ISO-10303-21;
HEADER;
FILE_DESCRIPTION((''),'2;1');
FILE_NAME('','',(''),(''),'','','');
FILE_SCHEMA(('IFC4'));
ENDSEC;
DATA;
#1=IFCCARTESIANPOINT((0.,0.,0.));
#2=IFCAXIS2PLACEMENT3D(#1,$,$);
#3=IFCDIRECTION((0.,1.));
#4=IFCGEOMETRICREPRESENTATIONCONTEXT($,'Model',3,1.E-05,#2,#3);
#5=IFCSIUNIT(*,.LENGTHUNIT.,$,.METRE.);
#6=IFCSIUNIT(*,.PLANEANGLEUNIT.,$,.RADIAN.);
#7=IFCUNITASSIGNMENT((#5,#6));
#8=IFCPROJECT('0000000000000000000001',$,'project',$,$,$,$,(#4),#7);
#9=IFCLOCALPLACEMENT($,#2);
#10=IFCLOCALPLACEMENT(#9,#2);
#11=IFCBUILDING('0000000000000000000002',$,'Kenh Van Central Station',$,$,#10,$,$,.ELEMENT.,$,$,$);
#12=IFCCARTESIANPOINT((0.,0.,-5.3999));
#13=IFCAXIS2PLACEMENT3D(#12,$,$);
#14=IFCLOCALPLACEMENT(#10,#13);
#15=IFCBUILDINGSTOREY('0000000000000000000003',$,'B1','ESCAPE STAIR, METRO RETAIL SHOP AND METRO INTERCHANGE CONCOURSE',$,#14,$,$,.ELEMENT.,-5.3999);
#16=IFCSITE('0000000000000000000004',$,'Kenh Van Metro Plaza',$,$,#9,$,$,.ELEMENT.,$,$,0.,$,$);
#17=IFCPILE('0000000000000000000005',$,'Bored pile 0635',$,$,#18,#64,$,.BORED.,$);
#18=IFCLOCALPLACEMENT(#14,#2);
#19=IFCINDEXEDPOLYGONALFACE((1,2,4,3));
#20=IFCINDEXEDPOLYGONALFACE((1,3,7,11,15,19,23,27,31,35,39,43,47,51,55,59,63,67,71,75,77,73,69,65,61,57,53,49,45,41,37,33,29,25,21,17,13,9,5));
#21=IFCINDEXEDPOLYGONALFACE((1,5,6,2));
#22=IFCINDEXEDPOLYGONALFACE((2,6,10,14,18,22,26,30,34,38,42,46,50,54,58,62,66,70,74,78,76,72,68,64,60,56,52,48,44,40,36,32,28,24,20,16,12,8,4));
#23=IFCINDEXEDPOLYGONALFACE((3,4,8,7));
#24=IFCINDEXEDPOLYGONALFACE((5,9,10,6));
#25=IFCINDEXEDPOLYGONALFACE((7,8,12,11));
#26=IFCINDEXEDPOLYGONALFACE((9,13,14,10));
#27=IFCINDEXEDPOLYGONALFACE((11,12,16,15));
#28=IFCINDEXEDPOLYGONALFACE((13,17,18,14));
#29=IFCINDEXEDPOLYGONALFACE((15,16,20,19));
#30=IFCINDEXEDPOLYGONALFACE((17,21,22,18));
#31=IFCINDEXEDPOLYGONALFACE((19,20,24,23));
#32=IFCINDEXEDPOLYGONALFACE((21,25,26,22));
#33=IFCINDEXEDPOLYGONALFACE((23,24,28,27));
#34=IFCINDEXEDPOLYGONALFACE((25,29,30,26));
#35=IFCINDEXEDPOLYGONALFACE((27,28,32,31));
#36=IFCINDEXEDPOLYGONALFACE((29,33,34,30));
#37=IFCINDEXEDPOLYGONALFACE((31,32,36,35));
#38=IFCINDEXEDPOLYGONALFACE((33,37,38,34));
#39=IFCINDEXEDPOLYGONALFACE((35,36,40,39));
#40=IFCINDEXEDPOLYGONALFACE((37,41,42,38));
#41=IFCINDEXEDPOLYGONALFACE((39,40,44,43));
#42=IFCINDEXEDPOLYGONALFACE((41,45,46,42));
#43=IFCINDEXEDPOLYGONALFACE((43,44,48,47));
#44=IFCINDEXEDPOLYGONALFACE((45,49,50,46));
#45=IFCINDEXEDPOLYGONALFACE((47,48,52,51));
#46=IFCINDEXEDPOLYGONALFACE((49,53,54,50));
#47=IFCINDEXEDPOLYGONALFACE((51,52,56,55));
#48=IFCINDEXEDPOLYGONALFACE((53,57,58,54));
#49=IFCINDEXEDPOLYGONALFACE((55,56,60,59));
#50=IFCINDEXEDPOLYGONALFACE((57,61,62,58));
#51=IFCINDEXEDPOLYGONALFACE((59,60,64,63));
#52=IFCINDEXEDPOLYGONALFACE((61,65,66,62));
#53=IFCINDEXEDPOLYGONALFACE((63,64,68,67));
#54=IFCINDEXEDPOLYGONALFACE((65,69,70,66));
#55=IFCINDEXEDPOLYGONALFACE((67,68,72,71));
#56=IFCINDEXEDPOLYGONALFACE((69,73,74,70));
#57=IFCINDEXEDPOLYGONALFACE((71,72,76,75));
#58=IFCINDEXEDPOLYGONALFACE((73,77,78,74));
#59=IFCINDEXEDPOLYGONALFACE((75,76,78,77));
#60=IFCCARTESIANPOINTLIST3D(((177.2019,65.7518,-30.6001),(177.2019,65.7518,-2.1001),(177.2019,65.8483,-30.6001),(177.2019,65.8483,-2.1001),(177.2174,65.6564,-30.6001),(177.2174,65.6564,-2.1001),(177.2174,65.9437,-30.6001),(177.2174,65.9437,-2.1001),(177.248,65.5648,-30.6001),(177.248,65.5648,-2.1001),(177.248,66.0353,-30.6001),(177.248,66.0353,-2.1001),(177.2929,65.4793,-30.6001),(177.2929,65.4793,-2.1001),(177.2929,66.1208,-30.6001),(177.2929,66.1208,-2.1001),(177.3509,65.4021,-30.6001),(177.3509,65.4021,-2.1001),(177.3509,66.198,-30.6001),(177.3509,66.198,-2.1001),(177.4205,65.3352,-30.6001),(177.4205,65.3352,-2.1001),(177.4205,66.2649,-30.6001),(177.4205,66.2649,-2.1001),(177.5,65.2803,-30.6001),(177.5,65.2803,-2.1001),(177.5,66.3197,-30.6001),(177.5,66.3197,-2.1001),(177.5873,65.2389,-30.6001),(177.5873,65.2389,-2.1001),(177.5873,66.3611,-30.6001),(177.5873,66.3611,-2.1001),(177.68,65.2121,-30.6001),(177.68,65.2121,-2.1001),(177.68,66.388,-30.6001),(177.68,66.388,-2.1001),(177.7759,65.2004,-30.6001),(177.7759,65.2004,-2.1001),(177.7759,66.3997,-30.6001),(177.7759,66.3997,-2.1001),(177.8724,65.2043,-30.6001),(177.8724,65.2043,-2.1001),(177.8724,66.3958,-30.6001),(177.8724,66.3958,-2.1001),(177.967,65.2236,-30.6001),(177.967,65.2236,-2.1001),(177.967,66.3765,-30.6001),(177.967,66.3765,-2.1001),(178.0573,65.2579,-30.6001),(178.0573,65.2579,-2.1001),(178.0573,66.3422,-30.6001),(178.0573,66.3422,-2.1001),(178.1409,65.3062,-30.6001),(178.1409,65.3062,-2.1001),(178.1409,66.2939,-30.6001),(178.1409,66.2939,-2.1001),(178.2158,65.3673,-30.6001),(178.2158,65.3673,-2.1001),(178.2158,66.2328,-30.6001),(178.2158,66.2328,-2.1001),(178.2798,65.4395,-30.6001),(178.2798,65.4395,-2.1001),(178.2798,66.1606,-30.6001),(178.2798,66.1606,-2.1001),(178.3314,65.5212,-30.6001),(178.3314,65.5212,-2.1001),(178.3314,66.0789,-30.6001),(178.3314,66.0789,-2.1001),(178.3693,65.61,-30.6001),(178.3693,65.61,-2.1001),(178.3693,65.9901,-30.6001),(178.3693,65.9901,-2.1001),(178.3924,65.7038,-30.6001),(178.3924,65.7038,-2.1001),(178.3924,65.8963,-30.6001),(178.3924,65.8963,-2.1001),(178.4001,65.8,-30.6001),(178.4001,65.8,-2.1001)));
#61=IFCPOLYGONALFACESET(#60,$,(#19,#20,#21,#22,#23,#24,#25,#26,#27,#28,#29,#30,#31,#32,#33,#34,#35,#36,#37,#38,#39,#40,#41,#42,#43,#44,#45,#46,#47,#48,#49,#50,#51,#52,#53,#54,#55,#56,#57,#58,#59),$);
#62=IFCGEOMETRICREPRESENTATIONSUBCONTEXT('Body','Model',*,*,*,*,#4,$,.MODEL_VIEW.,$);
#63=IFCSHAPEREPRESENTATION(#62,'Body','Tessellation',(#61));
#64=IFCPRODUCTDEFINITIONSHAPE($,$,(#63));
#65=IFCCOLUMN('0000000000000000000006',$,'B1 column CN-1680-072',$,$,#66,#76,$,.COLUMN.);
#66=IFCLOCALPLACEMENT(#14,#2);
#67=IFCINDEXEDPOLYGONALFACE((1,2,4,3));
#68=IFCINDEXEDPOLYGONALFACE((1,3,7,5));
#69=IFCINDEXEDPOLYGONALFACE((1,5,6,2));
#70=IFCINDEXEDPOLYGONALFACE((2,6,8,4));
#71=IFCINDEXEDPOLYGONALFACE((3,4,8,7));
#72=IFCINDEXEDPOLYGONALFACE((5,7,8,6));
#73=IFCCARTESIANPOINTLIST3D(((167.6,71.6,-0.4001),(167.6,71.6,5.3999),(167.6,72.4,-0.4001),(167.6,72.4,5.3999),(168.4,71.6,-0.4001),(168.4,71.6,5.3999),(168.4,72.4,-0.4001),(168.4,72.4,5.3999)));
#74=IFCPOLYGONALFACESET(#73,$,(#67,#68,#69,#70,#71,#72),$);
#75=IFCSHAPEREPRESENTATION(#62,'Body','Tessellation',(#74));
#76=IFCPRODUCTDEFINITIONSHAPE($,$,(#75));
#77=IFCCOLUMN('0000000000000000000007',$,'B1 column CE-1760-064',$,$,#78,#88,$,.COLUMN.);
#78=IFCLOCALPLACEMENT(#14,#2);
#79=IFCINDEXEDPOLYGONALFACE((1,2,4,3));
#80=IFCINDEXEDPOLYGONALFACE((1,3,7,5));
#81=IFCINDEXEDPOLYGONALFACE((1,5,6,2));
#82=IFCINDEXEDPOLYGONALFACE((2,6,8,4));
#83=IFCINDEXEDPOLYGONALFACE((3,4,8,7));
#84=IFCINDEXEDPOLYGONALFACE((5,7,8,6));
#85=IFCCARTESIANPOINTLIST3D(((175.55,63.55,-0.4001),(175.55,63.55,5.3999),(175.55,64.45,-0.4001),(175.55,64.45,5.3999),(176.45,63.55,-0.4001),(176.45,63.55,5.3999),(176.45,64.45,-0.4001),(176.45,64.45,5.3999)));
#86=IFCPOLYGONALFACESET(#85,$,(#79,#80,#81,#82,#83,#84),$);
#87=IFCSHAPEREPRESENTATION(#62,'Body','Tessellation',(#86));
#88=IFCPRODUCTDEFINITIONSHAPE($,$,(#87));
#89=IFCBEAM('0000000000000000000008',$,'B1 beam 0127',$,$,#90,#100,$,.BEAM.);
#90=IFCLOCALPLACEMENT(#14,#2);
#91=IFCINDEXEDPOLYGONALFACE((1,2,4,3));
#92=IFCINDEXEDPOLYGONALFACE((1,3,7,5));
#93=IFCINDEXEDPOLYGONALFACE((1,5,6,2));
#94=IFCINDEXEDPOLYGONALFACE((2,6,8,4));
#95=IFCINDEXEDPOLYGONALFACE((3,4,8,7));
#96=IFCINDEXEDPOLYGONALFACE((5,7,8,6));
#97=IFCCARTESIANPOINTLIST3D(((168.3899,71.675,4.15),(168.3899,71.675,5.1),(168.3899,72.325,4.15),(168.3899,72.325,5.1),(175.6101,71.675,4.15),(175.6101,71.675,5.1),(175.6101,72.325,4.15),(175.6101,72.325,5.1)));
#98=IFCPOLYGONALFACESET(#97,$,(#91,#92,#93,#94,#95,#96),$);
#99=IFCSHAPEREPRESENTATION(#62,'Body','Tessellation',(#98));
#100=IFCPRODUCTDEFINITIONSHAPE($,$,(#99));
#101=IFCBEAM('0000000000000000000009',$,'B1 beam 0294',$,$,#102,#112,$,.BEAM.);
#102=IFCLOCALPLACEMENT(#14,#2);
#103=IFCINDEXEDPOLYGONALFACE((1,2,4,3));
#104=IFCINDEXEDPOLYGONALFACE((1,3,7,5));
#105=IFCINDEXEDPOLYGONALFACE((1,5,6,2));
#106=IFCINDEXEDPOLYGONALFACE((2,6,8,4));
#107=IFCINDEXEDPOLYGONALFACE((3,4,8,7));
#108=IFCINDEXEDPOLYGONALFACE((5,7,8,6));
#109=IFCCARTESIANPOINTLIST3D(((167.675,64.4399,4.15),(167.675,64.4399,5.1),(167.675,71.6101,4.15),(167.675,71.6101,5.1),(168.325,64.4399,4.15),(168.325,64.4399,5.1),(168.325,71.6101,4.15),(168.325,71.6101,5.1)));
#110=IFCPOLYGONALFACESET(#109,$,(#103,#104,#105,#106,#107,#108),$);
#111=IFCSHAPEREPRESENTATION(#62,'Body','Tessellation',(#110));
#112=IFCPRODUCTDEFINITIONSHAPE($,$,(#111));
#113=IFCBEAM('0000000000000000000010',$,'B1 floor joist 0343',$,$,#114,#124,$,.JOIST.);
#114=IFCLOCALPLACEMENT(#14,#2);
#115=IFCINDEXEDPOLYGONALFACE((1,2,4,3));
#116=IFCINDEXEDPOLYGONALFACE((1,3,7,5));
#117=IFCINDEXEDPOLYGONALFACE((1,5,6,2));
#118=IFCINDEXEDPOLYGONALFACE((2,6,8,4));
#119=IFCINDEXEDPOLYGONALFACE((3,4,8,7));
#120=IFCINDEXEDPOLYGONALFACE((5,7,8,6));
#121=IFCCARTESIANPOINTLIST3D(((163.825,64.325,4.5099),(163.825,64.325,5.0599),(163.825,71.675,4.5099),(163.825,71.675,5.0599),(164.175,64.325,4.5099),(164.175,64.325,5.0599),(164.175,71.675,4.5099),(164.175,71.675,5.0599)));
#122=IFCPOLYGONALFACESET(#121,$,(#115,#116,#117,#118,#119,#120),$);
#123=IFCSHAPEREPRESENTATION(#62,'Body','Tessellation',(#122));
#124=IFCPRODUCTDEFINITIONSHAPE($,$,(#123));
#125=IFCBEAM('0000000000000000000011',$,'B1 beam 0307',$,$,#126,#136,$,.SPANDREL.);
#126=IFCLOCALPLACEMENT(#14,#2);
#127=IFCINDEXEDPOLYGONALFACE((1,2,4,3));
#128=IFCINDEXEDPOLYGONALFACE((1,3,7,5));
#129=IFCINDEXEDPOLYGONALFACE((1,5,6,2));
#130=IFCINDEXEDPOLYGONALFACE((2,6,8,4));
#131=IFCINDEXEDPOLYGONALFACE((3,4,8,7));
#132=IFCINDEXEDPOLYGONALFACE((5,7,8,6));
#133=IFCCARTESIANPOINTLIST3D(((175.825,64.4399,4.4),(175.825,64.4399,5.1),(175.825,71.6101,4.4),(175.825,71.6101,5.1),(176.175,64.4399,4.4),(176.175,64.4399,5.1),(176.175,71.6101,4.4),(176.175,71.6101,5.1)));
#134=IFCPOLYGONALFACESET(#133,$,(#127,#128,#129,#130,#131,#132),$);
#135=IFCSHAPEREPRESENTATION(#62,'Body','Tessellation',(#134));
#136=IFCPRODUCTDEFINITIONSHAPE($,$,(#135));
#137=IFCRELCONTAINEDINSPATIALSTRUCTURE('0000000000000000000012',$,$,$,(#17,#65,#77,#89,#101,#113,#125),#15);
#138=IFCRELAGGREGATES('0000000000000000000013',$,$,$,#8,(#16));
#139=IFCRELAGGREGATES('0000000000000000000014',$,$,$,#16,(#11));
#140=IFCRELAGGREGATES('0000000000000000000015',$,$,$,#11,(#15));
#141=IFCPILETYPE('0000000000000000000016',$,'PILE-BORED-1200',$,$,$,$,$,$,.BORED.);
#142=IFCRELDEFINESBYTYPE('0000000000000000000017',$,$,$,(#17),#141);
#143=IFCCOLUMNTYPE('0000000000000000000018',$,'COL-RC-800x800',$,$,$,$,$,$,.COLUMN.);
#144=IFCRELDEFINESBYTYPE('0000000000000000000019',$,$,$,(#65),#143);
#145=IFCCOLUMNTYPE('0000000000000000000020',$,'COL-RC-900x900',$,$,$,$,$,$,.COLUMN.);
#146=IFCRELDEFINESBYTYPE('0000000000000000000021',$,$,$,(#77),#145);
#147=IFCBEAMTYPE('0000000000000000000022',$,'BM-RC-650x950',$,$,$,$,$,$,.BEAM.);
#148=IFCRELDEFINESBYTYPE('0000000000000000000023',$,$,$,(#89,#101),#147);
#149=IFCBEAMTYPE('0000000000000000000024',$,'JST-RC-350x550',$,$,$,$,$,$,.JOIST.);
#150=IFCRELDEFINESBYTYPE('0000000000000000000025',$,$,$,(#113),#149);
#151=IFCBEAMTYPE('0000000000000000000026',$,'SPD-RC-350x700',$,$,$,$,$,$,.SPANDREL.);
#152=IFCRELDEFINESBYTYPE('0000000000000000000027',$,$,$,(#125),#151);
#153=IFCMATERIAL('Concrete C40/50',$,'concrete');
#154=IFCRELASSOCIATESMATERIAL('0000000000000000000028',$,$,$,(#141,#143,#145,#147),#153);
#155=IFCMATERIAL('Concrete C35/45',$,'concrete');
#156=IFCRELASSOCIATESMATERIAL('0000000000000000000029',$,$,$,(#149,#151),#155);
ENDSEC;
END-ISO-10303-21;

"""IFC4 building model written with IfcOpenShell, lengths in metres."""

from ifc_helpers import new_model, si_unit, direction, frame, origin, origin_2d, place, context, subcontext, project, spatial, rectangle, circle, extrude, material, material_profile, profile_set, type_object, element, save


model = new_model("IFC4")

# Units and contexts
model_context = context("Model", 3, precision=1e-05, world=origin(), true_north=direction((0.0, 1.0)))
body_context = subcontext(model_context, "Body", "Model", "MODEL_VIEW")
ifc_project = project(units=[si_unit("LENGTHUNIT", "METRE"), si_unit("PLANEANGLEUNIT", "RADIAN")], contexts=[model_context])

# Site, building, storey
site_placement = place(None, origin())
site = spatial("IfcSite", under=ifc_project, at=site_placement, Name="Kenh Van Metro Plaza", CompositionType="ELEMENT", RefElevation=0.0)
building_placement = place(site_placement, origin())
building = spatial("IfcBuilding", under=site, at=building_placement, Name="Kenh Van Central Station", CompositionType="ELEMENT")
storey_placement = place(building_placement, frame((0.0, 0.0, -5.3999)))
storey = spatial("IfcBuildingStorey", under=building, at=storey_placement, Name="B1", Description="ESCAPE STAIR, METRO RETAIL SHOP AND METRO INTERCHANGE CONCOURSE", CompositionType="ELEMENT", Elevation=-5.3999)

# Shared definitions
ifc_material_1 = material(Name="Concrete C40/50", Category="concrete")

# Pile
ifc_material_profile_1 = material_profile(ifc_material_1, circle(Radius=0.6001, at=origin_2d()), Name="PILE D1200")
ifc_profile_set_1 = profile_set([ifc_material_profile_1], Name="Concrete C40/50")
pile_type_1 = type_object("IfcPileType", Name="PILE-BORED-1200", PredefinedType="BORED", material=ifc_profile_set_1)
for number, where, z_axis, x_axis, name in (
    (1, (177.8, 65.8, -2.1001), (0.0, 0.0, -1.0), (1.0, 0.0, 0.0), "Bored pile 0635"),
):
    element("IfcPile", number, at=place(storey_placement, frame(where, z_axis=z_axis, x_axis=x_axis)), inside=storey, type_object=pile_type_1, Name=name, PredefinedType="BORED", context=body_context, shape_type="SweptSolid", body=[
        extrude(circle(Radius=0.6001, at=origin_2d()), origin(), (0.0, 0.0, 1.0), 28.5),
    ])

# Columns
ifc_material_profile_2 = material_profile(ifc_material_1, rectangle(XDim=0.8, YDim=0.8, at=origin_2d()), Name="RC 800x800")
ifc_profile_set_2 = profile_set([ifc_material_profile_2], Name="Concrete C40/50")
column_type_1 = type_object("IfcColumnType", Name="COL-RC-800x800", PredefinedType="COLUMN", material=ifc_profile_set_2)
column_1_placement = place(storey_placement, frame((168.0, 72.0, -0.4001), z_axis=(0.0, 0.0, 1.0), x_axis=(1.0, 0.0, 0.0)))
element("IfcColumn", 2, at=column_1_placement, inside=storey, type_object=column_type_1, Name="B1 column CN-1680-072", PredefinedType="COLUMN", context=body_context, shape_type="SweptSolid", body=[
    extrude(rectangle(XDim=0.8, YDim=0.8, at=origin_2d()), origin(), (0.0, 0.0, 1.0), 5.8),
])
ifc_material_profile_3 = material_profile(ifc_material_1, rectangle(XDim=0.8999, YDim=0.8999, at=origin_2d()), Name="RC 900x900")
ifc_profile_set_3 = profile_set([ifc_material_profile_3], Name="Concrete C40/50")
column_type_2 = type_object("IfcColumnType", Name="COL-RC-900x900", PredefinedType="COLUMN", material=ifc_profile_set_3)
column_2_placement = place(storey_placement, frame((176.0, 64.0, -0.4001), z_axis=(0.0, 0.0, 1.0), x_axis=(1.0, 0.0, 0.0)))
element("IfcColumn", 3, at=column_2_placement, inside=storey, type_object=column_type_2, Name="B1 column CE-1760-064", PredefinedType="COLUMN", context=body_context, shape_type="SweptSolid", body=[
    extrude(rectangle(XDim=0.8999, YDim=0.8999, at=origin_2d()), origin(), (0.0, 0.0, 1.0), 5.8),
])

# Beams
ifc_material_profile_4 = material_profile(ifc_material_1, rectangle(XDim=0.6499, YDim=0.95, at=origin_2d()), Name="RC 650x950")
ifc_profile_set_4 = profile_set([ifc_material_profile_4], Name="Concrete C40/50")
beam_type_1 = type_object("IfcBeamType", Name="BM-RC-650x950", PredefinedType="BEAM", material=ifc_profile_set_4)
beam_1_placement = place(storey_placement, frame((168.3899, 72.0, 4.625), z_axis=(1.0, 0.0, 0.0), x_axis=(0.0, 1.0, 0.0)))
element("IfcBeam", 4, at=beam_1_placement, inside=storey, type_object=beam_type_1, Name="B1 beam 0127", PredefinedType="BEAM", context=body_context, shape_type="SweptSolid", body=[
    extrude(rectangle(XDim=0.6499, YDim=0.95, at=origin_2d()), origin(), (0.0, 0.0, 1.0), 7.2202),
])
beam_2_placement = place(storey_placement, frame((168.0, 64.4399, 4.625), z_axis=(0.0, 1.0, 0.0), x_axis=(-1.0, 0.0, 0.0)))
element("IfcBeam", 5, at=beam_2_placement, inside=storey, type_object=beam_type_1, Name="B1 beam 0294", PredefinedType="BEAM", context=body_context, shape_type="SweptSolid", body=[
    extrude(rectangle(XDim=0.6499, YDim=0.95, at=origin_2d()), origin(), (0.0, 0.0, 1.0), 7.1702),
])
ifc_material_2 = material(Name="Concrete C35/45", Category="concrete")
ifc_material_profile_5 = material_profile(ifc_material_2, rectangle(XDim=0.3501, YDim=0.55, at=origin_2d()), Name="RC 350x550")
ifc_profile_set_5 = profile_set([ifc_material_profile_5], Name="Concrete C35/45")
beam_type_2 = type_object("IfcBeamType", Name="JST-RC-350x550", PredefinedType="JOIST", material=ifc_profile_set_5)
beam_3_placement = place(storey_placement, frame((164.0, 64.325, 4.7849), z_axis=(0.0, 1.0, 0.0), x_axis=(-1.0, 0.0, 0.0)))
element("IfcBeam", 6, at=beam_3_placement, inside=storey, type_object=beam_type_2, Name="B1 floor joist 0343", PredefinedType="JOIST", context=body_context, shape_type="SweptSolid", body=[
    extrude(rectangle(XDim=0.3501, YDim=0.55, at=origin_2d()), origin(), (0.0, 0.0, 1.0), 7.3501),
])
ifc_material_profile_6 = material_profile(ifc_material_2, rectangle(XDim=0.3501, YDim=0.7, at=origin_2d()), Name="RC 350x700")
ifc_profile_set_6 = profile_set([ifc_material_profile_6], Name="Concrete C35/45")
beam_type_3 = type_object("IfcBeamType", Name="SPD-RC-350x700", PredefinedType="SPANDREL", material=ifc_profile_set_6)
beam_4_placement = place(storey_placement, frame((176.0, 64.4399, 4.75), z_axis=(0.0, 1.0, 0.0), x_axis=(-1.0, 0.0, 0.0)))
element("IfcBeam", 7, at=beam_4_placement, inside=storey, type_object=beam_type_3, Name="B1 beam 0307", PredefinedType="SPANDREL", context=body_context, shape_type="SweptSolid", body=[
    extrude(rectangle(XDim=0.3501, YDim=0.7, at=origin_2d()), origin(), (0.0, 0.0, 1.0), 7.1702),
])

save(model, "model.ifc")
